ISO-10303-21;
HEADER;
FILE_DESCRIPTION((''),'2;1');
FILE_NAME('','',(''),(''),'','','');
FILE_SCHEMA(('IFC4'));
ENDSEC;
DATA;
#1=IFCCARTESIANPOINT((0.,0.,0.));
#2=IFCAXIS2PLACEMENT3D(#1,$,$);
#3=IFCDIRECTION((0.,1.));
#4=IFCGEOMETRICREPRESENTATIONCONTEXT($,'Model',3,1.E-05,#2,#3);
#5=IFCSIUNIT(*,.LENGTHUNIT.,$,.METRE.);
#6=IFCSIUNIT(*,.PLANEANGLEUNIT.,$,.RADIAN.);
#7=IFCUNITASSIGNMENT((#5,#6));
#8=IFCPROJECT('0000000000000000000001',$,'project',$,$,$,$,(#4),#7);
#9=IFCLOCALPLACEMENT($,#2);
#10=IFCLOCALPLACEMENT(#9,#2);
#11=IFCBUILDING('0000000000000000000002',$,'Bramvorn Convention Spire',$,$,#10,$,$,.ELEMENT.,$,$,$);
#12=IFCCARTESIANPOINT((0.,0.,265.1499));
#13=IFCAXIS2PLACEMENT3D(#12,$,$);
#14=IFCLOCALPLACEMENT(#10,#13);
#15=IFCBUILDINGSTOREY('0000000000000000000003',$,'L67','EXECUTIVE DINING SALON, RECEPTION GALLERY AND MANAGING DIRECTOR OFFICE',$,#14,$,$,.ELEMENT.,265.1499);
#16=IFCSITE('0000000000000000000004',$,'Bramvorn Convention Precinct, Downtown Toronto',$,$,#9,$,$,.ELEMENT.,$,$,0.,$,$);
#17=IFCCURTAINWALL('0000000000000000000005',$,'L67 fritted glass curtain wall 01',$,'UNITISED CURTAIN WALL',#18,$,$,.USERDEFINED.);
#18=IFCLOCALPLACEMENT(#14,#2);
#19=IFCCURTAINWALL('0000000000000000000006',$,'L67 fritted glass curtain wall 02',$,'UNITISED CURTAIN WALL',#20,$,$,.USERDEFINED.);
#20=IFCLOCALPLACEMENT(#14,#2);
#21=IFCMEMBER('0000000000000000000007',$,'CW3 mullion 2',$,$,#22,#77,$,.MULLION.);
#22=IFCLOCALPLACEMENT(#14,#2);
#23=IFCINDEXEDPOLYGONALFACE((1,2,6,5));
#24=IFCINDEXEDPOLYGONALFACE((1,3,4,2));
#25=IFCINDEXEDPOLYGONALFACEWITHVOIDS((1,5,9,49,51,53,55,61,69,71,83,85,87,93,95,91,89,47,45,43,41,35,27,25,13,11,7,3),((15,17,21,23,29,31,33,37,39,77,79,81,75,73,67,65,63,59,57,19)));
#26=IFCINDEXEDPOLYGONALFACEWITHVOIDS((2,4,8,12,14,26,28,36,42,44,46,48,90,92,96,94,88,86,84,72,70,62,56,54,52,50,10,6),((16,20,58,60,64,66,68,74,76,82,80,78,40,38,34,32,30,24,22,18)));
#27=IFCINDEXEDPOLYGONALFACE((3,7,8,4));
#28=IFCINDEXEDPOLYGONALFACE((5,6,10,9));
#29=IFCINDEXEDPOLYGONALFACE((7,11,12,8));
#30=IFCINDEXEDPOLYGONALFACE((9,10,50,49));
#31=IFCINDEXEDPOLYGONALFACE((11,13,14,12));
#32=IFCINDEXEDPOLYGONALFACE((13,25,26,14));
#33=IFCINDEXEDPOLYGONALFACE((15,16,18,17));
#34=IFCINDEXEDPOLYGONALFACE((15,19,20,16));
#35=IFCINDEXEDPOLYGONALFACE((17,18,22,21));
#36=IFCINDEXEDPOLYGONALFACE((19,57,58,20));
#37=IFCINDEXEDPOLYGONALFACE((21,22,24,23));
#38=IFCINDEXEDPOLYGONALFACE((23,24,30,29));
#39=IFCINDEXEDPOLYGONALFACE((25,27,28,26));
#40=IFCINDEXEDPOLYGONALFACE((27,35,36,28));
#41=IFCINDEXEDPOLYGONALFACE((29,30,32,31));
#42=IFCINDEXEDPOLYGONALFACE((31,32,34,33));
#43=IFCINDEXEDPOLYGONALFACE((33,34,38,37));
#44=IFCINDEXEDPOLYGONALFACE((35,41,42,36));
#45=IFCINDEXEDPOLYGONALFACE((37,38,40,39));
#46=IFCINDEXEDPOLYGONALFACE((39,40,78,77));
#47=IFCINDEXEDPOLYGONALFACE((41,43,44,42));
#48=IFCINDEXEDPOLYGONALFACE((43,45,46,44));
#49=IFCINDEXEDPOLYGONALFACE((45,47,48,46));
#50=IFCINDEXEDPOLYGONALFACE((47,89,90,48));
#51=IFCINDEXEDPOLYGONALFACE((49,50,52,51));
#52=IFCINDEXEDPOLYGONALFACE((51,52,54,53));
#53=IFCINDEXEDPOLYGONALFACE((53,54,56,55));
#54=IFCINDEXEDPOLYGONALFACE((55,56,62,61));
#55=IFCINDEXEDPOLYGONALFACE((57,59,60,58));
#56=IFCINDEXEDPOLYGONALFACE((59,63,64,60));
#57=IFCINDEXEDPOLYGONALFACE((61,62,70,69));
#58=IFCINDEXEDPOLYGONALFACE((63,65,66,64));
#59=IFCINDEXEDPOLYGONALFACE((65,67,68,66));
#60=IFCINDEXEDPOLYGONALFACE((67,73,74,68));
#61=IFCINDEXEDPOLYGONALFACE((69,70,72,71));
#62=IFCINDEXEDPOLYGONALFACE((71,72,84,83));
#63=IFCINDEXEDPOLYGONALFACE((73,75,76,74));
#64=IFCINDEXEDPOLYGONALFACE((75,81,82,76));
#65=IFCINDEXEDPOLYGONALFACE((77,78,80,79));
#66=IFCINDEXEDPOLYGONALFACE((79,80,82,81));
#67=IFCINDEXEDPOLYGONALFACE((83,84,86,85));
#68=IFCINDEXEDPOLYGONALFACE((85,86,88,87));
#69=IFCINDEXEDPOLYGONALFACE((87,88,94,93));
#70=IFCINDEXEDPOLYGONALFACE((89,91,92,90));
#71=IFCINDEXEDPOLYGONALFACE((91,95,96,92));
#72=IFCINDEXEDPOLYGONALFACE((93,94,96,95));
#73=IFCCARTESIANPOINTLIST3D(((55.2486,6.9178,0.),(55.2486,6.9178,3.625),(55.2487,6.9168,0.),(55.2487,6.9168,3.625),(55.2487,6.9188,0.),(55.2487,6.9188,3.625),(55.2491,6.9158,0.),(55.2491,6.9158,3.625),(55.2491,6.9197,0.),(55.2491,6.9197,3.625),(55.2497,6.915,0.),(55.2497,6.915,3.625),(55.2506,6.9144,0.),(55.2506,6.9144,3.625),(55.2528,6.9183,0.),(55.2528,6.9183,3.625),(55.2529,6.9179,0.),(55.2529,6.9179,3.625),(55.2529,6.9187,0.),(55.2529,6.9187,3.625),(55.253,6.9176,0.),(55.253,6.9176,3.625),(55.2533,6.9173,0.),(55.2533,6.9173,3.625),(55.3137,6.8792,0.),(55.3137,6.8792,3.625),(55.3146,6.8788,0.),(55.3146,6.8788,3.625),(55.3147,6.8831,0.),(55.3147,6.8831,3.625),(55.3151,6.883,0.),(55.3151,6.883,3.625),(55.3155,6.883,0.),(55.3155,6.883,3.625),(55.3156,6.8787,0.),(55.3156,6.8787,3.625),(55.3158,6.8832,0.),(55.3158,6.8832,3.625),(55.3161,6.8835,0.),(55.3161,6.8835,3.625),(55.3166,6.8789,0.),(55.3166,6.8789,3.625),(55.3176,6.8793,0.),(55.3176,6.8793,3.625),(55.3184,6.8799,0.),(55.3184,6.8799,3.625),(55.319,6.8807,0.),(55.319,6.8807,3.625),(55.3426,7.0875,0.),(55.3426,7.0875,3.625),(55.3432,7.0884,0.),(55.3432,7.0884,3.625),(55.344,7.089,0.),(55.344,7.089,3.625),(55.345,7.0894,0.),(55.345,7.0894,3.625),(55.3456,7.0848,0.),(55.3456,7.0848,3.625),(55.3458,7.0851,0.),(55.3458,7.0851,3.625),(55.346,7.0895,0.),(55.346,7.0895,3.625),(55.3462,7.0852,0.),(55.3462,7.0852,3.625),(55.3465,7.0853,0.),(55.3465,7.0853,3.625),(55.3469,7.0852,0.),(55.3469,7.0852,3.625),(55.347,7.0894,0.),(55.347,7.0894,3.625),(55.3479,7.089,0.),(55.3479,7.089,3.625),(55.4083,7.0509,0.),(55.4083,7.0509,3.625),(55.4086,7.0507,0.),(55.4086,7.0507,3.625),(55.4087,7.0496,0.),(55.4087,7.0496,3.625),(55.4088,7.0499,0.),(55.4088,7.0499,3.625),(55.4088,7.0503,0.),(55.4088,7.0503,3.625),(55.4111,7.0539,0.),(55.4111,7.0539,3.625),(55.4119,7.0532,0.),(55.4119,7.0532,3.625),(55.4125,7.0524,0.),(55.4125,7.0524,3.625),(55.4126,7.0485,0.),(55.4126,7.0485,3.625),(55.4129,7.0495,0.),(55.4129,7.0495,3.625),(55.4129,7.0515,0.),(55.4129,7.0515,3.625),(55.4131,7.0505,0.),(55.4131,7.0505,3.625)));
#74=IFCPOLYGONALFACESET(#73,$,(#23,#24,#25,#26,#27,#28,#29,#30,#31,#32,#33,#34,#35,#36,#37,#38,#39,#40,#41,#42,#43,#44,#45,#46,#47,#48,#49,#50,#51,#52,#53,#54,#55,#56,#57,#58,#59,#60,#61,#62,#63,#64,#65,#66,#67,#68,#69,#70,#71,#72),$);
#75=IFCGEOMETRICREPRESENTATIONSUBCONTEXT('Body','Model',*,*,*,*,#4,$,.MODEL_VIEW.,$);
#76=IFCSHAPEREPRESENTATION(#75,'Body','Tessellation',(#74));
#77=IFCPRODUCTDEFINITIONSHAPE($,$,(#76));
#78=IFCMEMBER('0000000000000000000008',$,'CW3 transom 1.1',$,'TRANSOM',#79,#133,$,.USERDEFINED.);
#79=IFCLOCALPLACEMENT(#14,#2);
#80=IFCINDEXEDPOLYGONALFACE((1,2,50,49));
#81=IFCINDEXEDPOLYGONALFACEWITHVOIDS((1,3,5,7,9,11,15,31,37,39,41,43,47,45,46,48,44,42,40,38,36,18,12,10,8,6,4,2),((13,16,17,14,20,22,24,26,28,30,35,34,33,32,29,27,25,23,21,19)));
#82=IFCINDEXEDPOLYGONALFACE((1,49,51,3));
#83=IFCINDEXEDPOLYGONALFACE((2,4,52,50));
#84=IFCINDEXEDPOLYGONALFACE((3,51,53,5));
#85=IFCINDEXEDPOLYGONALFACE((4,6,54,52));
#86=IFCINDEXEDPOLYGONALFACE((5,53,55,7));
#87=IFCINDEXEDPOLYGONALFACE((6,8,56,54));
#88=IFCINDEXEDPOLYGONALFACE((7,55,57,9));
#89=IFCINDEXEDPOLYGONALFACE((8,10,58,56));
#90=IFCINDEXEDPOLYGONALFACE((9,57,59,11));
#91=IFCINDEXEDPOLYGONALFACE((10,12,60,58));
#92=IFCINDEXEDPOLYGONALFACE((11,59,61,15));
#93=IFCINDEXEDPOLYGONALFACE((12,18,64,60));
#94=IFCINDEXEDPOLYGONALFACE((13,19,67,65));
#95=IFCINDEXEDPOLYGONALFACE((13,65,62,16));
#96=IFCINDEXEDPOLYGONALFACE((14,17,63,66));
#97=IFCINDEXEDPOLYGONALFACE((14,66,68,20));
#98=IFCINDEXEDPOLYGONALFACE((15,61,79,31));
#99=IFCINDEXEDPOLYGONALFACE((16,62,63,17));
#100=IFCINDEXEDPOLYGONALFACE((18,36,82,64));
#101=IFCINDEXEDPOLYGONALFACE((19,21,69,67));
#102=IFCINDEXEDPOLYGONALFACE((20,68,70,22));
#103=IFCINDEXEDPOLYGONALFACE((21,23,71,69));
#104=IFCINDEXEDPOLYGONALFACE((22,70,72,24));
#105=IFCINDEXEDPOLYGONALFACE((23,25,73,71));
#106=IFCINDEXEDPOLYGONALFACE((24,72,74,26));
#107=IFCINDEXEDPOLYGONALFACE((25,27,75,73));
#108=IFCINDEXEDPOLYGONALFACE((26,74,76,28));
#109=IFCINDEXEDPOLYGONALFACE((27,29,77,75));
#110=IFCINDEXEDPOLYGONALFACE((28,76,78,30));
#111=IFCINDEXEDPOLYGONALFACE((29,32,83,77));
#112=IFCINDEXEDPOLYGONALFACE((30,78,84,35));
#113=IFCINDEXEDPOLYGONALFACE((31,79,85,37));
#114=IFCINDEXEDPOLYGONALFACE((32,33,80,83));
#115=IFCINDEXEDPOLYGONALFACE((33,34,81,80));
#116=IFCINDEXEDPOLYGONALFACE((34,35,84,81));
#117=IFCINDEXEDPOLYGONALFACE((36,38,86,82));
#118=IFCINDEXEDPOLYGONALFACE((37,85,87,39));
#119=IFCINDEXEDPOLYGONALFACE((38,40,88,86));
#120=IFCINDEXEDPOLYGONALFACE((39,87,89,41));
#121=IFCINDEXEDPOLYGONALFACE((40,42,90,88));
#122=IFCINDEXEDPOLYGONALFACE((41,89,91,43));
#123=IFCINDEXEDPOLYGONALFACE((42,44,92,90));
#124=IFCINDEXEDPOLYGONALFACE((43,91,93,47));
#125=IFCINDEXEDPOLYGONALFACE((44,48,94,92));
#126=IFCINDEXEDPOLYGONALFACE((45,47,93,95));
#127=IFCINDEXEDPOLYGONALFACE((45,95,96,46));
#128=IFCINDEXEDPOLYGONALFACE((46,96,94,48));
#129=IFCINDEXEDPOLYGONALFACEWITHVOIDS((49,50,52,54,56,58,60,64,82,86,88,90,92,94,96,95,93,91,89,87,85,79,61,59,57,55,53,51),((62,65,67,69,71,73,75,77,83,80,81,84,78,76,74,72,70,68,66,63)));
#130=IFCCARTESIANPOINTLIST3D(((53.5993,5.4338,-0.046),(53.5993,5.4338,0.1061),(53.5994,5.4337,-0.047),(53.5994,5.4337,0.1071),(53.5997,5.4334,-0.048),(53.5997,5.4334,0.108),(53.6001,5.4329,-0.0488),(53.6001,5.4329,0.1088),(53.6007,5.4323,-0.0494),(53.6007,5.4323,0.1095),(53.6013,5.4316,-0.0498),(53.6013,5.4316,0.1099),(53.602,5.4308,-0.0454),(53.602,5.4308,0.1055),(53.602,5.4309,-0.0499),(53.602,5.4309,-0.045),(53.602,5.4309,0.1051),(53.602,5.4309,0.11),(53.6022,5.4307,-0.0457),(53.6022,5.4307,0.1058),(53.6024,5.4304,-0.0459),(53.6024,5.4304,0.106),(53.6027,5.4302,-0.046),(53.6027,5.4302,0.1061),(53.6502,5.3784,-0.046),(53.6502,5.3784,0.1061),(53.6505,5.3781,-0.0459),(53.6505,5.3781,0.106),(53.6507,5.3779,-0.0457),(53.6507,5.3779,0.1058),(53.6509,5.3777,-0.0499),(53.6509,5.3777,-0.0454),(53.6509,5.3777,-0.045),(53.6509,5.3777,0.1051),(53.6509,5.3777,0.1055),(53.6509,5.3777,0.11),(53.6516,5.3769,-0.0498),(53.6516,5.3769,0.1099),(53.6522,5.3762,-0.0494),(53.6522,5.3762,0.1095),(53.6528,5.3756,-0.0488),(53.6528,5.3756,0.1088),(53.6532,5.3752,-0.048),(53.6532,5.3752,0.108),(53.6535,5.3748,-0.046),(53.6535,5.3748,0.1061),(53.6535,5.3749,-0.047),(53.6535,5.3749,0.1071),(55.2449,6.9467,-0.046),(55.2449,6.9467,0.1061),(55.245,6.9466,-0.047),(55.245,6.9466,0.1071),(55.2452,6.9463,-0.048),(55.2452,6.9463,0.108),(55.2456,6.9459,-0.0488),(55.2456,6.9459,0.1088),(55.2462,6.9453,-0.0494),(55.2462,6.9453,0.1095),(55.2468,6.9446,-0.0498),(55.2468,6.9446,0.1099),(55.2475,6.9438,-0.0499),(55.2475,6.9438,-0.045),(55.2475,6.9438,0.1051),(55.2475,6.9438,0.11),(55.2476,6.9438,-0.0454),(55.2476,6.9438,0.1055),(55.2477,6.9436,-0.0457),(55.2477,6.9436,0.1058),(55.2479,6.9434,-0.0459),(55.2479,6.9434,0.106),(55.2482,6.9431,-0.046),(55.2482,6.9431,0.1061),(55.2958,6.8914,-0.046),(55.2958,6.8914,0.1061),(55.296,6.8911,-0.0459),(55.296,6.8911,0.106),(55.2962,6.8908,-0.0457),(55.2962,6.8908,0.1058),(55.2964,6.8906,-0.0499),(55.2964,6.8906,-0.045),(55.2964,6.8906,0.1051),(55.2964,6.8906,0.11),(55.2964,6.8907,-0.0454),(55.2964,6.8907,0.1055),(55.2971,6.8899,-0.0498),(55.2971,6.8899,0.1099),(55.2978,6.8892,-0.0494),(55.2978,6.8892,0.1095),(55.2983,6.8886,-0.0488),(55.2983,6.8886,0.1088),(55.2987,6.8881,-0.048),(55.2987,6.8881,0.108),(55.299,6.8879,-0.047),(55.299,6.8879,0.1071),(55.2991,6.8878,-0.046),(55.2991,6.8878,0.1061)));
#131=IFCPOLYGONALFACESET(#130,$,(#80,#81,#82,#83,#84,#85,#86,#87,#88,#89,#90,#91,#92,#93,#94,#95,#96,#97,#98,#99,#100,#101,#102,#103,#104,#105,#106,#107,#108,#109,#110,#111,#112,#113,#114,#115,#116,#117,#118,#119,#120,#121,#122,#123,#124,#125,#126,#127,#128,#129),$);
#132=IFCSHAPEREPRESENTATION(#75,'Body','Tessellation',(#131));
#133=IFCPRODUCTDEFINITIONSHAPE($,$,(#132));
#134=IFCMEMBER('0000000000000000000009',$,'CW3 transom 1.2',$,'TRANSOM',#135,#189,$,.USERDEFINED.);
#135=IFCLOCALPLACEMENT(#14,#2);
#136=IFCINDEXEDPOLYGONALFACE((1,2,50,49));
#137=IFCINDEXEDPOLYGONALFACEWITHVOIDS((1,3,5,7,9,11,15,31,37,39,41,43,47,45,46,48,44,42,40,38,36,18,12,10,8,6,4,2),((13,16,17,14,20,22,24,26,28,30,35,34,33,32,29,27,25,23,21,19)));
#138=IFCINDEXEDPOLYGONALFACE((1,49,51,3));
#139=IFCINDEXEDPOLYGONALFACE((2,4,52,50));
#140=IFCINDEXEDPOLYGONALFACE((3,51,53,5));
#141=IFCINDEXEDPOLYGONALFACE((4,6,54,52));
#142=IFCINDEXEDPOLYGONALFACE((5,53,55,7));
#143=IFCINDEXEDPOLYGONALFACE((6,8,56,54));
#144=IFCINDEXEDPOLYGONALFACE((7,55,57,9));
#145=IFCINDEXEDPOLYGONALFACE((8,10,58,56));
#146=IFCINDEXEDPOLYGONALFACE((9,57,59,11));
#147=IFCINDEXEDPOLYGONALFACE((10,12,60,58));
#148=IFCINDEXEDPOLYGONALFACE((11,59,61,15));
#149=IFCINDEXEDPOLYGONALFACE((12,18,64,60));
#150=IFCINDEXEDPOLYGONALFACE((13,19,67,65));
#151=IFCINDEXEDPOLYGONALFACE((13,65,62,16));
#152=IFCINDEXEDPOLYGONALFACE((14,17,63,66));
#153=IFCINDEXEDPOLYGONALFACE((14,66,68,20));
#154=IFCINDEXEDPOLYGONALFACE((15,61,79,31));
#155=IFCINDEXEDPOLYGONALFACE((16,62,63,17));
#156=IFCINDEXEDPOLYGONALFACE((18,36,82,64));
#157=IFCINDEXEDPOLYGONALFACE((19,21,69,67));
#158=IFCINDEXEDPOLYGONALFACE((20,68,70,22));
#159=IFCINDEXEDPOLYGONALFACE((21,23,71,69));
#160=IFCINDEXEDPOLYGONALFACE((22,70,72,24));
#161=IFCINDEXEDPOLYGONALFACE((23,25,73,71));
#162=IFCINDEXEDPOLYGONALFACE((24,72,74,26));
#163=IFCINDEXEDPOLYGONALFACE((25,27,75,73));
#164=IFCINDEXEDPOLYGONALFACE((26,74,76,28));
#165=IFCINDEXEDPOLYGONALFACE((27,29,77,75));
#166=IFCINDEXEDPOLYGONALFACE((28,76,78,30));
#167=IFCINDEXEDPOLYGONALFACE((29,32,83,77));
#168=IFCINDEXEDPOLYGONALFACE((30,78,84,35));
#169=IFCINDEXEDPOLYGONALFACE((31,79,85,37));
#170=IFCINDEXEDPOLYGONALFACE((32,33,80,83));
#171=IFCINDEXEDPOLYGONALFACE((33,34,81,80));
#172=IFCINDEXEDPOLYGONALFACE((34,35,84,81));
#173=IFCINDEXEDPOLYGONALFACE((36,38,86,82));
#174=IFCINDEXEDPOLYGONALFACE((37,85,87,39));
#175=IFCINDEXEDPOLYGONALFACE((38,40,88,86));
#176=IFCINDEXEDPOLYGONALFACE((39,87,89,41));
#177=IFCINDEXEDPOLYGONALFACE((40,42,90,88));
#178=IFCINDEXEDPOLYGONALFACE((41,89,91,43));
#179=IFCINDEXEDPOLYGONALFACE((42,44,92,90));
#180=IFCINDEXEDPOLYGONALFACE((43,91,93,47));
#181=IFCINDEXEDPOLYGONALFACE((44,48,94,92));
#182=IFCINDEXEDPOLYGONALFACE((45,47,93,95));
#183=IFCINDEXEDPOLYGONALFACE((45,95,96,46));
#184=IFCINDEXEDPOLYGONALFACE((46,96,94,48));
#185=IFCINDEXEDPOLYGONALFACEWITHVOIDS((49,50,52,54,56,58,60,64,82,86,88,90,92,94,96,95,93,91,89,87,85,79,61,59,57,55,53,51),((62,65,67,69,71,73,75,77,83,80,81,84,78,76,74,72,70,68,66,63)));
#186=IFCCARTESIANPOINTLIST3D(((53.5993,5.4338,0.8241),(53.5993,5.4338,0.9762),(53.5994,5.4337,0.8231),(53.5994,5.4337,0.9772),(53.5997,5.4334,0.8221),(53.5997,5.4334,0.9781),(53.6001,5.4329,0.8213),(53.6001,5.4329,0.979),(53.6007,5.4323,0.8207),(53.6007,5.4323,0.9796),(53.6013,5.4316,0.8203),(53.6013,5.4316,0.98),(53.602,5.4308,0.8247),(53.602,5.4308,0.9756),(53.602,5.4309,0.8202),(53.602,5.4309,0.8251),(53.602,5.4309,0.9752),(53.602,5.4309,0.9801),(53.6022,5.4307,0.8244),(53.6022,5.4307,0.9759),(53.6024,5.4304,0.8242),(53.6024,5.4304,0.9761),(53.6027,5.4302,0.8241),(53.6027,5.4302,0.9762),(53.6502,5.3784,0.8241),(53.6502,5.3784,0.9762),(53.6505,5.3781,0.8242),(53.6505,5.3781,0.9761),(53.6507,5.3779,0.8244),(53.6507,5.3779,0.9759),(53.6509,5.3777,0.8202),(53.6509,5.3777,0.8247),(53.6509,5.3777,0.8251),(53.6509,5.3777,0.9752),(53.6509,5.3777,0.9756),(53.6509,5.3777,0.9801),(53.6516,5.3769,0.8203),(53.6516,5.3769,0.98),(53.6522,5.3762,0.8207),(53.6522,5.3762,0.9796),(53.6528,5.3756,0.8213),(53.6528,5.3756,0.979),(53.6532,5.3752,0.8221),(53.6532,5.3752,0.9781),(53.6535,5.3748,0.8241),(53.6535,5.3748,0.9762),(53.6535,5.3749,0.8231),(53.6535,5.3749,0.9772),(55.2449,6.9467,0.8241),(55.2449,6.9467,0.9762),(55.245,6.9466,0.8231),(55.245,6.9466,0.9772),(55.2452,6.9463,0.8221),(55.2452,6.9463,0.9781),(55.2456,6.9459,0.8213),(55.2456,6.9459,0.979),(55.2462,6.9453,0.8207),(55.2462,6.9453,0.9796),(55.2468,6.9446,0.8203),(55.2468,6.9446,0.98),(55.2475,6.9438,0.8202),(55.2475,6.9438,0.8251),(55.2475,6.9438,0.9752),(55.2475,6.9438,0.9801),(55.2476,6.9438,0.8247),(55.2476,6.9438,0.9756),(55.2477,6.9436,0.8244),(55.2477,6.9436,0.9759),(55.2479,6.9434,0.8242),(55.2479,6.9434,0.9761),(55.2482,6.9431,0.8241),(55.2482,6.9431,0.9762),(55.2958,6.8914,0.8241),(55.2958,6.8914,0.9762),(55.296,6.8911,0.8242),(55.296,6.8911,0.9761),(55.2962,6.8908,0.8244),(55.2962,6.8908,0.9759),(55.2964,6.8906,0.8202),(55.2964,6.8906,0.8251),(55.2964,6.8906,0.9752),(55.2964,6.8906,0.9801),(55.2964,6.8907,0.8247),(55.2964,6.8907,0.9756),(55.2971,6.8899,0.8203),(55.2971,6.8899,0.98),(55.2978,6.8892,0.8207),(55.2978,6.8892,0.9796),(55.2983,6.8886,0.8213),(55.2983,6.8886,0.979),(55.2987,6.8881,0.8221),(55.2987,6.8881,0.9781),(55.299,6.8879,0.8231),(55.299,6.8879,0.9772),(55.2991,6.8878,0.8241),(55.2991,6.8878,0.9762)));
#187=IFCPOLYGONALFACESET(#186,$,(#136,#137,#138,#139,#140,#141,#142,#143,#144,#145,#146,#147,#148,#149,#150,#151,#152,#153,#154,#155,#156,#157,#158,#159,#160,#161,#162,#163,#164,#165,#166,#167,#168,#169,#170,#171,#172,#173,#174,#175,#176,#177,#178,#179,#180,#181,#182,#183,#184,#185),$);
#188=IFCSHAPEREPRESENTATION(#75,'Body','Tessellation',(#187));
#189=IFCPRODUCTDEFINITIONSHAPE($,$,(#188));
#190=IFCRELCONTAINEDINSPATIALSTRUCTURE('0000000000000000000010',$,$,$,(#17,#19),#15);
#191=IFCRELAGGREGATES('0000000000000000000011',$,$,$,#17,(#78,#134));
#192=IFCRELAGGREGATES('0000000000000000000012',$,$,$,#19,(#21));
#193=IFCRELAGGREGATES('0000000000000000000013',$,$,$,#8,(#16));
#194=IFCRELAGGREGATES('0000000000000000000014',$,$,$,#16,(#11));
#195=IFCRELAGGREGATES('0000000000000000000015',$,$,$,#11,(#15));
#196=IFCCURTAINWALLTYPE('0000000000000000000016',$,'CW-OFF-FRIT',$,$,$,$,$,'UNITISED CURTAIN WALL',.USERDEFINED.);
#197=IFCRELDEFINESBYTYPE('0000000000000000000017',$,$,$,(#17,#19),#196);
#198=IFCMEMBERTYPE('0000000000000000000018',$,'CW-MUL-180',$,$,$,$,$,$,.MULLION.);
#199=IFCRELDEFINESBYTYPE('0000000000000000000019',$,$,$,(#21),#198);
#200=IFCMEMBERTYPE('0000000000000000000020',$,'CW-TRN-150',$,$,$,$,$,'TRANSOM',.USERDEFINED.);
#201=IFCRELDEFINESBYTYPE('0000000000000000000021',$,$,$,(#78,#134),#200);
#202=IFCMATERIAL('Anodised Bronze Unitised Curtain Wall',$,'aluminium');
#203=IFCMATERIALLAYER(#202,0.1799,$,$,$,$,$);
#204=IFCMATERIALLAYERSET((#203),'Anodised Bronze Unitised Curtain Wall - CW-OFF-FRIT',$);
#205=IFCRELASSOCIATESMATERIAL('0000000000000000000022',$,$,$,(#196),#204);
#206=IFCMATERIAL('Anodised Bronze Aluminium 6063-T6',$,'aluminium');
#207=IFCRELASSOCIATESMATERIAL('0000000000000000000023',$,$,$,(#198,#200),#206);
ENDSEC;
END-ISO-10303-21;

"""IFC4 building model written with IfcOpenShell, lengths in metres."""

from ifc_helpers import new_model, si_unit, direction, frame, origin, origin_2d, place, context, subcontext, project, spatial, hollow_rectangle, extrude, material, layer, layer_set, material_profile, profile_set, type_object, element, aggregate, save


model = new_model("IFC4")

# Units and contexts
model_context = context("Model", 3, precision=1e-05, world=origin(), true_north=direction((0.0, 1.0)))
body_context = subcontext(model_context, "Body", "Model", "MODEL_VIEW")
ifc_project = project(units=[si_unit("LENGTHUNIT", "METRE"), si_unit("PLANEANGLEUNIT", "RADIAN")], contexts=[model_context])

# Site, building, storey
site_placement = place(None, origin())
site = spatial("IfcSite", under=ifc_project, at=site_placement, Name="Bramvorn Convention Precinct, Downtown Toronto", CompositionType="ELEMENT", RefElevation=0.0)
building_placement = place(site_placement, origin())
building = spatial("IfcBuilding", under=site, at=building_placement, Name="Bramvorn Convention Spire", CompositionType="ELEMENT")
storey_placement = place(building_placement, frame((0.0, 0.0, 265.1499)))
storey = spatial("IfcBuildingStorey", under=building, at=storey_placement, Name="L67", Description="EXECUTIVE DINING SALON, RECEPTION GALLERY AND MANAGING DIRECTOR OFFICE", CompositionType="ELEMENT", Elevation=265.1499)

# Curtain walls, member
ifc_material_1 = material(Name="Anodised Bronze Unitised Curtain Wall", Category="aluminium")
ifc_layer_1 = layer(ifc_material_1, 0.1799)
ifc_layer_set_1 = layer_set([ifc_layer_1], Name="Anodised Bronze Unitised Curtain Wall - CW-OFF-FRIT")
curtain_wall_type = type_object("IfcCurtainWallType", Name="CW-OFF-FRIT", ElementType="UNITISED CURTAIN WALL", PredefinedType="USERDEFINED", material=ifc_layer_set_1)
curtain_wall_1_placement = place(storey_placement, origin())
curtain_wall_1 = element("IfcCurtainWall", 1, at=curtain_wall_1_placement, inside=storey, type_object=curtain_wall_type, Name="L67 fritted glass curtain wall 01", ObjectType="UNITISED CURTAIN WALL", PredefinedType="USERDEFINED")
ifc_material_2 = material(Name="Anodised Bronze Aluminium 6063-T6", Category="aluminium")
ifc_material_profile_1 = material_profile(ifc_material_2, hollow_rectangle(XDim=0.0801, YDim=0.2, WallThickness=0.0039, InnerFilletRadius=0.001, OuterFilletRadius=0.0039, at=origin_2d()))
ifc_profile_set_1 = profile_set([ifc_material_profile_1], Name="Anodised Bronze Aluminium 6063-T6 - CWM80X200")
member_type_1 = type_object("IfcMemberType", Name="CW-MUL-180", PredefinedType="MULLION", material=ifc_profile_set_1)
curtain_wall_2_placement = place(storey_placement, origin())
curtain_wall_2 = element("IfcCurtainWall", 2, at=curtain_wall_2_placement, inside=storey, type_object=curtain_wall_type, Name="L67 fritted glass curtain wall 02", ObjectType="UNITISED CURTAIN WALL", PredefinedType="USERDEFINED")
member_1_placement = place(storey_placement, frame((55.3308, 6.9841, 0.0), z_axis=(0.0, 0.0, 1.0), x_axis=(0.873394, -0.487015, 0.0)))
member_1 = element("IfcMember", 3, at=member_1_placement, type_object=member_type_1, Name="CW3 mullion 2", PredefinedType="MULLION", context=body_context, shape_type="SweptSolid", body=[
    extrude(hollow_rectangle(XDim=0.0801, YDim=0.2, WallThickness=0.0039, InnerFilletRadius=0.001, OuterFilletRadius=0.0039, at=origin_2d()), origin(), (0.0, 0.0, 1.0), 3.625),
])

# Members
ifc_material_profile_2 = material_profile(ifc_material_2, hollow_rectangle(XDim=0.0801, YDim=0.1599, WallThickness=0.0039, InnerFilletRadius=0.001, OuterFilletRadius=0.0039, at=origin_2d()))
ifc_profile_set_2 = profile_set([ifc_material_profile_2], Name="Anodised Bronze Aluminium 6063-T6 - CWT80X160")
member_type_2 = type_object("IfcMemberType", Name="CW-TRN-150", ElementType="TRANSOM", PredefinedType="USERDEFINED", material=ifc_profile_set_2)
member_2_placement = place(storey_placement, frame((55.272, 6.9172, 0.03), z_axis=(-0.736138, -0.676832, 0.0), x_axis=(0.676832, -0.736138, 0.0)))
member_2 = element("IfcMember", 4, at=member_2_placement, type_object=member_type_2, Name="CW3 transom 1.1", ObjectType="TRANSOM", PredefinedType="USERDEFINED", context=body_context, shape_type="SweptSolid", body=[
    extrude(hollow_rectangle(XDim=0.0801, YDim=0.1599, WallThickness=0.0039, InnerFilletRadius=0.001, OuterFilletRadius=0.0039, at=origin_2d()), origin(), (0.0, 0.0, 1.0), 2.2354),
])
member_3_placement = place(storey_placement, frame((55.272, 6.9172, 0.9001), z_axis=(-0.736138, -0.676832, 0.0), x_axis=(0.676832, -0.736138, 0.0)))
member_3 = element("IfcMember", 5, at=member_3_placement, type_object=member_type_2, Name="CW3 transom 1.2", ObjectType="TRANSOM", PredefinedType="USERDEFINED", context=body_context, shape_type="SweptSolid", body=[
    extrude(hollow_rectangle(XDim=0.0801, YDim=0.1599, WallThickness=0.0039, InnerFilletRadius=0.001, OuterFilletRadius=0.0039, at=origin_2d()), origin(), (0.0, 0.0, 1.0), 2.2354),
])

aggregate(curtain_wall_1, [member_2, member_3])
aggregate(curtain_wall_2, [member_1])

save(model, "model.ifc")
